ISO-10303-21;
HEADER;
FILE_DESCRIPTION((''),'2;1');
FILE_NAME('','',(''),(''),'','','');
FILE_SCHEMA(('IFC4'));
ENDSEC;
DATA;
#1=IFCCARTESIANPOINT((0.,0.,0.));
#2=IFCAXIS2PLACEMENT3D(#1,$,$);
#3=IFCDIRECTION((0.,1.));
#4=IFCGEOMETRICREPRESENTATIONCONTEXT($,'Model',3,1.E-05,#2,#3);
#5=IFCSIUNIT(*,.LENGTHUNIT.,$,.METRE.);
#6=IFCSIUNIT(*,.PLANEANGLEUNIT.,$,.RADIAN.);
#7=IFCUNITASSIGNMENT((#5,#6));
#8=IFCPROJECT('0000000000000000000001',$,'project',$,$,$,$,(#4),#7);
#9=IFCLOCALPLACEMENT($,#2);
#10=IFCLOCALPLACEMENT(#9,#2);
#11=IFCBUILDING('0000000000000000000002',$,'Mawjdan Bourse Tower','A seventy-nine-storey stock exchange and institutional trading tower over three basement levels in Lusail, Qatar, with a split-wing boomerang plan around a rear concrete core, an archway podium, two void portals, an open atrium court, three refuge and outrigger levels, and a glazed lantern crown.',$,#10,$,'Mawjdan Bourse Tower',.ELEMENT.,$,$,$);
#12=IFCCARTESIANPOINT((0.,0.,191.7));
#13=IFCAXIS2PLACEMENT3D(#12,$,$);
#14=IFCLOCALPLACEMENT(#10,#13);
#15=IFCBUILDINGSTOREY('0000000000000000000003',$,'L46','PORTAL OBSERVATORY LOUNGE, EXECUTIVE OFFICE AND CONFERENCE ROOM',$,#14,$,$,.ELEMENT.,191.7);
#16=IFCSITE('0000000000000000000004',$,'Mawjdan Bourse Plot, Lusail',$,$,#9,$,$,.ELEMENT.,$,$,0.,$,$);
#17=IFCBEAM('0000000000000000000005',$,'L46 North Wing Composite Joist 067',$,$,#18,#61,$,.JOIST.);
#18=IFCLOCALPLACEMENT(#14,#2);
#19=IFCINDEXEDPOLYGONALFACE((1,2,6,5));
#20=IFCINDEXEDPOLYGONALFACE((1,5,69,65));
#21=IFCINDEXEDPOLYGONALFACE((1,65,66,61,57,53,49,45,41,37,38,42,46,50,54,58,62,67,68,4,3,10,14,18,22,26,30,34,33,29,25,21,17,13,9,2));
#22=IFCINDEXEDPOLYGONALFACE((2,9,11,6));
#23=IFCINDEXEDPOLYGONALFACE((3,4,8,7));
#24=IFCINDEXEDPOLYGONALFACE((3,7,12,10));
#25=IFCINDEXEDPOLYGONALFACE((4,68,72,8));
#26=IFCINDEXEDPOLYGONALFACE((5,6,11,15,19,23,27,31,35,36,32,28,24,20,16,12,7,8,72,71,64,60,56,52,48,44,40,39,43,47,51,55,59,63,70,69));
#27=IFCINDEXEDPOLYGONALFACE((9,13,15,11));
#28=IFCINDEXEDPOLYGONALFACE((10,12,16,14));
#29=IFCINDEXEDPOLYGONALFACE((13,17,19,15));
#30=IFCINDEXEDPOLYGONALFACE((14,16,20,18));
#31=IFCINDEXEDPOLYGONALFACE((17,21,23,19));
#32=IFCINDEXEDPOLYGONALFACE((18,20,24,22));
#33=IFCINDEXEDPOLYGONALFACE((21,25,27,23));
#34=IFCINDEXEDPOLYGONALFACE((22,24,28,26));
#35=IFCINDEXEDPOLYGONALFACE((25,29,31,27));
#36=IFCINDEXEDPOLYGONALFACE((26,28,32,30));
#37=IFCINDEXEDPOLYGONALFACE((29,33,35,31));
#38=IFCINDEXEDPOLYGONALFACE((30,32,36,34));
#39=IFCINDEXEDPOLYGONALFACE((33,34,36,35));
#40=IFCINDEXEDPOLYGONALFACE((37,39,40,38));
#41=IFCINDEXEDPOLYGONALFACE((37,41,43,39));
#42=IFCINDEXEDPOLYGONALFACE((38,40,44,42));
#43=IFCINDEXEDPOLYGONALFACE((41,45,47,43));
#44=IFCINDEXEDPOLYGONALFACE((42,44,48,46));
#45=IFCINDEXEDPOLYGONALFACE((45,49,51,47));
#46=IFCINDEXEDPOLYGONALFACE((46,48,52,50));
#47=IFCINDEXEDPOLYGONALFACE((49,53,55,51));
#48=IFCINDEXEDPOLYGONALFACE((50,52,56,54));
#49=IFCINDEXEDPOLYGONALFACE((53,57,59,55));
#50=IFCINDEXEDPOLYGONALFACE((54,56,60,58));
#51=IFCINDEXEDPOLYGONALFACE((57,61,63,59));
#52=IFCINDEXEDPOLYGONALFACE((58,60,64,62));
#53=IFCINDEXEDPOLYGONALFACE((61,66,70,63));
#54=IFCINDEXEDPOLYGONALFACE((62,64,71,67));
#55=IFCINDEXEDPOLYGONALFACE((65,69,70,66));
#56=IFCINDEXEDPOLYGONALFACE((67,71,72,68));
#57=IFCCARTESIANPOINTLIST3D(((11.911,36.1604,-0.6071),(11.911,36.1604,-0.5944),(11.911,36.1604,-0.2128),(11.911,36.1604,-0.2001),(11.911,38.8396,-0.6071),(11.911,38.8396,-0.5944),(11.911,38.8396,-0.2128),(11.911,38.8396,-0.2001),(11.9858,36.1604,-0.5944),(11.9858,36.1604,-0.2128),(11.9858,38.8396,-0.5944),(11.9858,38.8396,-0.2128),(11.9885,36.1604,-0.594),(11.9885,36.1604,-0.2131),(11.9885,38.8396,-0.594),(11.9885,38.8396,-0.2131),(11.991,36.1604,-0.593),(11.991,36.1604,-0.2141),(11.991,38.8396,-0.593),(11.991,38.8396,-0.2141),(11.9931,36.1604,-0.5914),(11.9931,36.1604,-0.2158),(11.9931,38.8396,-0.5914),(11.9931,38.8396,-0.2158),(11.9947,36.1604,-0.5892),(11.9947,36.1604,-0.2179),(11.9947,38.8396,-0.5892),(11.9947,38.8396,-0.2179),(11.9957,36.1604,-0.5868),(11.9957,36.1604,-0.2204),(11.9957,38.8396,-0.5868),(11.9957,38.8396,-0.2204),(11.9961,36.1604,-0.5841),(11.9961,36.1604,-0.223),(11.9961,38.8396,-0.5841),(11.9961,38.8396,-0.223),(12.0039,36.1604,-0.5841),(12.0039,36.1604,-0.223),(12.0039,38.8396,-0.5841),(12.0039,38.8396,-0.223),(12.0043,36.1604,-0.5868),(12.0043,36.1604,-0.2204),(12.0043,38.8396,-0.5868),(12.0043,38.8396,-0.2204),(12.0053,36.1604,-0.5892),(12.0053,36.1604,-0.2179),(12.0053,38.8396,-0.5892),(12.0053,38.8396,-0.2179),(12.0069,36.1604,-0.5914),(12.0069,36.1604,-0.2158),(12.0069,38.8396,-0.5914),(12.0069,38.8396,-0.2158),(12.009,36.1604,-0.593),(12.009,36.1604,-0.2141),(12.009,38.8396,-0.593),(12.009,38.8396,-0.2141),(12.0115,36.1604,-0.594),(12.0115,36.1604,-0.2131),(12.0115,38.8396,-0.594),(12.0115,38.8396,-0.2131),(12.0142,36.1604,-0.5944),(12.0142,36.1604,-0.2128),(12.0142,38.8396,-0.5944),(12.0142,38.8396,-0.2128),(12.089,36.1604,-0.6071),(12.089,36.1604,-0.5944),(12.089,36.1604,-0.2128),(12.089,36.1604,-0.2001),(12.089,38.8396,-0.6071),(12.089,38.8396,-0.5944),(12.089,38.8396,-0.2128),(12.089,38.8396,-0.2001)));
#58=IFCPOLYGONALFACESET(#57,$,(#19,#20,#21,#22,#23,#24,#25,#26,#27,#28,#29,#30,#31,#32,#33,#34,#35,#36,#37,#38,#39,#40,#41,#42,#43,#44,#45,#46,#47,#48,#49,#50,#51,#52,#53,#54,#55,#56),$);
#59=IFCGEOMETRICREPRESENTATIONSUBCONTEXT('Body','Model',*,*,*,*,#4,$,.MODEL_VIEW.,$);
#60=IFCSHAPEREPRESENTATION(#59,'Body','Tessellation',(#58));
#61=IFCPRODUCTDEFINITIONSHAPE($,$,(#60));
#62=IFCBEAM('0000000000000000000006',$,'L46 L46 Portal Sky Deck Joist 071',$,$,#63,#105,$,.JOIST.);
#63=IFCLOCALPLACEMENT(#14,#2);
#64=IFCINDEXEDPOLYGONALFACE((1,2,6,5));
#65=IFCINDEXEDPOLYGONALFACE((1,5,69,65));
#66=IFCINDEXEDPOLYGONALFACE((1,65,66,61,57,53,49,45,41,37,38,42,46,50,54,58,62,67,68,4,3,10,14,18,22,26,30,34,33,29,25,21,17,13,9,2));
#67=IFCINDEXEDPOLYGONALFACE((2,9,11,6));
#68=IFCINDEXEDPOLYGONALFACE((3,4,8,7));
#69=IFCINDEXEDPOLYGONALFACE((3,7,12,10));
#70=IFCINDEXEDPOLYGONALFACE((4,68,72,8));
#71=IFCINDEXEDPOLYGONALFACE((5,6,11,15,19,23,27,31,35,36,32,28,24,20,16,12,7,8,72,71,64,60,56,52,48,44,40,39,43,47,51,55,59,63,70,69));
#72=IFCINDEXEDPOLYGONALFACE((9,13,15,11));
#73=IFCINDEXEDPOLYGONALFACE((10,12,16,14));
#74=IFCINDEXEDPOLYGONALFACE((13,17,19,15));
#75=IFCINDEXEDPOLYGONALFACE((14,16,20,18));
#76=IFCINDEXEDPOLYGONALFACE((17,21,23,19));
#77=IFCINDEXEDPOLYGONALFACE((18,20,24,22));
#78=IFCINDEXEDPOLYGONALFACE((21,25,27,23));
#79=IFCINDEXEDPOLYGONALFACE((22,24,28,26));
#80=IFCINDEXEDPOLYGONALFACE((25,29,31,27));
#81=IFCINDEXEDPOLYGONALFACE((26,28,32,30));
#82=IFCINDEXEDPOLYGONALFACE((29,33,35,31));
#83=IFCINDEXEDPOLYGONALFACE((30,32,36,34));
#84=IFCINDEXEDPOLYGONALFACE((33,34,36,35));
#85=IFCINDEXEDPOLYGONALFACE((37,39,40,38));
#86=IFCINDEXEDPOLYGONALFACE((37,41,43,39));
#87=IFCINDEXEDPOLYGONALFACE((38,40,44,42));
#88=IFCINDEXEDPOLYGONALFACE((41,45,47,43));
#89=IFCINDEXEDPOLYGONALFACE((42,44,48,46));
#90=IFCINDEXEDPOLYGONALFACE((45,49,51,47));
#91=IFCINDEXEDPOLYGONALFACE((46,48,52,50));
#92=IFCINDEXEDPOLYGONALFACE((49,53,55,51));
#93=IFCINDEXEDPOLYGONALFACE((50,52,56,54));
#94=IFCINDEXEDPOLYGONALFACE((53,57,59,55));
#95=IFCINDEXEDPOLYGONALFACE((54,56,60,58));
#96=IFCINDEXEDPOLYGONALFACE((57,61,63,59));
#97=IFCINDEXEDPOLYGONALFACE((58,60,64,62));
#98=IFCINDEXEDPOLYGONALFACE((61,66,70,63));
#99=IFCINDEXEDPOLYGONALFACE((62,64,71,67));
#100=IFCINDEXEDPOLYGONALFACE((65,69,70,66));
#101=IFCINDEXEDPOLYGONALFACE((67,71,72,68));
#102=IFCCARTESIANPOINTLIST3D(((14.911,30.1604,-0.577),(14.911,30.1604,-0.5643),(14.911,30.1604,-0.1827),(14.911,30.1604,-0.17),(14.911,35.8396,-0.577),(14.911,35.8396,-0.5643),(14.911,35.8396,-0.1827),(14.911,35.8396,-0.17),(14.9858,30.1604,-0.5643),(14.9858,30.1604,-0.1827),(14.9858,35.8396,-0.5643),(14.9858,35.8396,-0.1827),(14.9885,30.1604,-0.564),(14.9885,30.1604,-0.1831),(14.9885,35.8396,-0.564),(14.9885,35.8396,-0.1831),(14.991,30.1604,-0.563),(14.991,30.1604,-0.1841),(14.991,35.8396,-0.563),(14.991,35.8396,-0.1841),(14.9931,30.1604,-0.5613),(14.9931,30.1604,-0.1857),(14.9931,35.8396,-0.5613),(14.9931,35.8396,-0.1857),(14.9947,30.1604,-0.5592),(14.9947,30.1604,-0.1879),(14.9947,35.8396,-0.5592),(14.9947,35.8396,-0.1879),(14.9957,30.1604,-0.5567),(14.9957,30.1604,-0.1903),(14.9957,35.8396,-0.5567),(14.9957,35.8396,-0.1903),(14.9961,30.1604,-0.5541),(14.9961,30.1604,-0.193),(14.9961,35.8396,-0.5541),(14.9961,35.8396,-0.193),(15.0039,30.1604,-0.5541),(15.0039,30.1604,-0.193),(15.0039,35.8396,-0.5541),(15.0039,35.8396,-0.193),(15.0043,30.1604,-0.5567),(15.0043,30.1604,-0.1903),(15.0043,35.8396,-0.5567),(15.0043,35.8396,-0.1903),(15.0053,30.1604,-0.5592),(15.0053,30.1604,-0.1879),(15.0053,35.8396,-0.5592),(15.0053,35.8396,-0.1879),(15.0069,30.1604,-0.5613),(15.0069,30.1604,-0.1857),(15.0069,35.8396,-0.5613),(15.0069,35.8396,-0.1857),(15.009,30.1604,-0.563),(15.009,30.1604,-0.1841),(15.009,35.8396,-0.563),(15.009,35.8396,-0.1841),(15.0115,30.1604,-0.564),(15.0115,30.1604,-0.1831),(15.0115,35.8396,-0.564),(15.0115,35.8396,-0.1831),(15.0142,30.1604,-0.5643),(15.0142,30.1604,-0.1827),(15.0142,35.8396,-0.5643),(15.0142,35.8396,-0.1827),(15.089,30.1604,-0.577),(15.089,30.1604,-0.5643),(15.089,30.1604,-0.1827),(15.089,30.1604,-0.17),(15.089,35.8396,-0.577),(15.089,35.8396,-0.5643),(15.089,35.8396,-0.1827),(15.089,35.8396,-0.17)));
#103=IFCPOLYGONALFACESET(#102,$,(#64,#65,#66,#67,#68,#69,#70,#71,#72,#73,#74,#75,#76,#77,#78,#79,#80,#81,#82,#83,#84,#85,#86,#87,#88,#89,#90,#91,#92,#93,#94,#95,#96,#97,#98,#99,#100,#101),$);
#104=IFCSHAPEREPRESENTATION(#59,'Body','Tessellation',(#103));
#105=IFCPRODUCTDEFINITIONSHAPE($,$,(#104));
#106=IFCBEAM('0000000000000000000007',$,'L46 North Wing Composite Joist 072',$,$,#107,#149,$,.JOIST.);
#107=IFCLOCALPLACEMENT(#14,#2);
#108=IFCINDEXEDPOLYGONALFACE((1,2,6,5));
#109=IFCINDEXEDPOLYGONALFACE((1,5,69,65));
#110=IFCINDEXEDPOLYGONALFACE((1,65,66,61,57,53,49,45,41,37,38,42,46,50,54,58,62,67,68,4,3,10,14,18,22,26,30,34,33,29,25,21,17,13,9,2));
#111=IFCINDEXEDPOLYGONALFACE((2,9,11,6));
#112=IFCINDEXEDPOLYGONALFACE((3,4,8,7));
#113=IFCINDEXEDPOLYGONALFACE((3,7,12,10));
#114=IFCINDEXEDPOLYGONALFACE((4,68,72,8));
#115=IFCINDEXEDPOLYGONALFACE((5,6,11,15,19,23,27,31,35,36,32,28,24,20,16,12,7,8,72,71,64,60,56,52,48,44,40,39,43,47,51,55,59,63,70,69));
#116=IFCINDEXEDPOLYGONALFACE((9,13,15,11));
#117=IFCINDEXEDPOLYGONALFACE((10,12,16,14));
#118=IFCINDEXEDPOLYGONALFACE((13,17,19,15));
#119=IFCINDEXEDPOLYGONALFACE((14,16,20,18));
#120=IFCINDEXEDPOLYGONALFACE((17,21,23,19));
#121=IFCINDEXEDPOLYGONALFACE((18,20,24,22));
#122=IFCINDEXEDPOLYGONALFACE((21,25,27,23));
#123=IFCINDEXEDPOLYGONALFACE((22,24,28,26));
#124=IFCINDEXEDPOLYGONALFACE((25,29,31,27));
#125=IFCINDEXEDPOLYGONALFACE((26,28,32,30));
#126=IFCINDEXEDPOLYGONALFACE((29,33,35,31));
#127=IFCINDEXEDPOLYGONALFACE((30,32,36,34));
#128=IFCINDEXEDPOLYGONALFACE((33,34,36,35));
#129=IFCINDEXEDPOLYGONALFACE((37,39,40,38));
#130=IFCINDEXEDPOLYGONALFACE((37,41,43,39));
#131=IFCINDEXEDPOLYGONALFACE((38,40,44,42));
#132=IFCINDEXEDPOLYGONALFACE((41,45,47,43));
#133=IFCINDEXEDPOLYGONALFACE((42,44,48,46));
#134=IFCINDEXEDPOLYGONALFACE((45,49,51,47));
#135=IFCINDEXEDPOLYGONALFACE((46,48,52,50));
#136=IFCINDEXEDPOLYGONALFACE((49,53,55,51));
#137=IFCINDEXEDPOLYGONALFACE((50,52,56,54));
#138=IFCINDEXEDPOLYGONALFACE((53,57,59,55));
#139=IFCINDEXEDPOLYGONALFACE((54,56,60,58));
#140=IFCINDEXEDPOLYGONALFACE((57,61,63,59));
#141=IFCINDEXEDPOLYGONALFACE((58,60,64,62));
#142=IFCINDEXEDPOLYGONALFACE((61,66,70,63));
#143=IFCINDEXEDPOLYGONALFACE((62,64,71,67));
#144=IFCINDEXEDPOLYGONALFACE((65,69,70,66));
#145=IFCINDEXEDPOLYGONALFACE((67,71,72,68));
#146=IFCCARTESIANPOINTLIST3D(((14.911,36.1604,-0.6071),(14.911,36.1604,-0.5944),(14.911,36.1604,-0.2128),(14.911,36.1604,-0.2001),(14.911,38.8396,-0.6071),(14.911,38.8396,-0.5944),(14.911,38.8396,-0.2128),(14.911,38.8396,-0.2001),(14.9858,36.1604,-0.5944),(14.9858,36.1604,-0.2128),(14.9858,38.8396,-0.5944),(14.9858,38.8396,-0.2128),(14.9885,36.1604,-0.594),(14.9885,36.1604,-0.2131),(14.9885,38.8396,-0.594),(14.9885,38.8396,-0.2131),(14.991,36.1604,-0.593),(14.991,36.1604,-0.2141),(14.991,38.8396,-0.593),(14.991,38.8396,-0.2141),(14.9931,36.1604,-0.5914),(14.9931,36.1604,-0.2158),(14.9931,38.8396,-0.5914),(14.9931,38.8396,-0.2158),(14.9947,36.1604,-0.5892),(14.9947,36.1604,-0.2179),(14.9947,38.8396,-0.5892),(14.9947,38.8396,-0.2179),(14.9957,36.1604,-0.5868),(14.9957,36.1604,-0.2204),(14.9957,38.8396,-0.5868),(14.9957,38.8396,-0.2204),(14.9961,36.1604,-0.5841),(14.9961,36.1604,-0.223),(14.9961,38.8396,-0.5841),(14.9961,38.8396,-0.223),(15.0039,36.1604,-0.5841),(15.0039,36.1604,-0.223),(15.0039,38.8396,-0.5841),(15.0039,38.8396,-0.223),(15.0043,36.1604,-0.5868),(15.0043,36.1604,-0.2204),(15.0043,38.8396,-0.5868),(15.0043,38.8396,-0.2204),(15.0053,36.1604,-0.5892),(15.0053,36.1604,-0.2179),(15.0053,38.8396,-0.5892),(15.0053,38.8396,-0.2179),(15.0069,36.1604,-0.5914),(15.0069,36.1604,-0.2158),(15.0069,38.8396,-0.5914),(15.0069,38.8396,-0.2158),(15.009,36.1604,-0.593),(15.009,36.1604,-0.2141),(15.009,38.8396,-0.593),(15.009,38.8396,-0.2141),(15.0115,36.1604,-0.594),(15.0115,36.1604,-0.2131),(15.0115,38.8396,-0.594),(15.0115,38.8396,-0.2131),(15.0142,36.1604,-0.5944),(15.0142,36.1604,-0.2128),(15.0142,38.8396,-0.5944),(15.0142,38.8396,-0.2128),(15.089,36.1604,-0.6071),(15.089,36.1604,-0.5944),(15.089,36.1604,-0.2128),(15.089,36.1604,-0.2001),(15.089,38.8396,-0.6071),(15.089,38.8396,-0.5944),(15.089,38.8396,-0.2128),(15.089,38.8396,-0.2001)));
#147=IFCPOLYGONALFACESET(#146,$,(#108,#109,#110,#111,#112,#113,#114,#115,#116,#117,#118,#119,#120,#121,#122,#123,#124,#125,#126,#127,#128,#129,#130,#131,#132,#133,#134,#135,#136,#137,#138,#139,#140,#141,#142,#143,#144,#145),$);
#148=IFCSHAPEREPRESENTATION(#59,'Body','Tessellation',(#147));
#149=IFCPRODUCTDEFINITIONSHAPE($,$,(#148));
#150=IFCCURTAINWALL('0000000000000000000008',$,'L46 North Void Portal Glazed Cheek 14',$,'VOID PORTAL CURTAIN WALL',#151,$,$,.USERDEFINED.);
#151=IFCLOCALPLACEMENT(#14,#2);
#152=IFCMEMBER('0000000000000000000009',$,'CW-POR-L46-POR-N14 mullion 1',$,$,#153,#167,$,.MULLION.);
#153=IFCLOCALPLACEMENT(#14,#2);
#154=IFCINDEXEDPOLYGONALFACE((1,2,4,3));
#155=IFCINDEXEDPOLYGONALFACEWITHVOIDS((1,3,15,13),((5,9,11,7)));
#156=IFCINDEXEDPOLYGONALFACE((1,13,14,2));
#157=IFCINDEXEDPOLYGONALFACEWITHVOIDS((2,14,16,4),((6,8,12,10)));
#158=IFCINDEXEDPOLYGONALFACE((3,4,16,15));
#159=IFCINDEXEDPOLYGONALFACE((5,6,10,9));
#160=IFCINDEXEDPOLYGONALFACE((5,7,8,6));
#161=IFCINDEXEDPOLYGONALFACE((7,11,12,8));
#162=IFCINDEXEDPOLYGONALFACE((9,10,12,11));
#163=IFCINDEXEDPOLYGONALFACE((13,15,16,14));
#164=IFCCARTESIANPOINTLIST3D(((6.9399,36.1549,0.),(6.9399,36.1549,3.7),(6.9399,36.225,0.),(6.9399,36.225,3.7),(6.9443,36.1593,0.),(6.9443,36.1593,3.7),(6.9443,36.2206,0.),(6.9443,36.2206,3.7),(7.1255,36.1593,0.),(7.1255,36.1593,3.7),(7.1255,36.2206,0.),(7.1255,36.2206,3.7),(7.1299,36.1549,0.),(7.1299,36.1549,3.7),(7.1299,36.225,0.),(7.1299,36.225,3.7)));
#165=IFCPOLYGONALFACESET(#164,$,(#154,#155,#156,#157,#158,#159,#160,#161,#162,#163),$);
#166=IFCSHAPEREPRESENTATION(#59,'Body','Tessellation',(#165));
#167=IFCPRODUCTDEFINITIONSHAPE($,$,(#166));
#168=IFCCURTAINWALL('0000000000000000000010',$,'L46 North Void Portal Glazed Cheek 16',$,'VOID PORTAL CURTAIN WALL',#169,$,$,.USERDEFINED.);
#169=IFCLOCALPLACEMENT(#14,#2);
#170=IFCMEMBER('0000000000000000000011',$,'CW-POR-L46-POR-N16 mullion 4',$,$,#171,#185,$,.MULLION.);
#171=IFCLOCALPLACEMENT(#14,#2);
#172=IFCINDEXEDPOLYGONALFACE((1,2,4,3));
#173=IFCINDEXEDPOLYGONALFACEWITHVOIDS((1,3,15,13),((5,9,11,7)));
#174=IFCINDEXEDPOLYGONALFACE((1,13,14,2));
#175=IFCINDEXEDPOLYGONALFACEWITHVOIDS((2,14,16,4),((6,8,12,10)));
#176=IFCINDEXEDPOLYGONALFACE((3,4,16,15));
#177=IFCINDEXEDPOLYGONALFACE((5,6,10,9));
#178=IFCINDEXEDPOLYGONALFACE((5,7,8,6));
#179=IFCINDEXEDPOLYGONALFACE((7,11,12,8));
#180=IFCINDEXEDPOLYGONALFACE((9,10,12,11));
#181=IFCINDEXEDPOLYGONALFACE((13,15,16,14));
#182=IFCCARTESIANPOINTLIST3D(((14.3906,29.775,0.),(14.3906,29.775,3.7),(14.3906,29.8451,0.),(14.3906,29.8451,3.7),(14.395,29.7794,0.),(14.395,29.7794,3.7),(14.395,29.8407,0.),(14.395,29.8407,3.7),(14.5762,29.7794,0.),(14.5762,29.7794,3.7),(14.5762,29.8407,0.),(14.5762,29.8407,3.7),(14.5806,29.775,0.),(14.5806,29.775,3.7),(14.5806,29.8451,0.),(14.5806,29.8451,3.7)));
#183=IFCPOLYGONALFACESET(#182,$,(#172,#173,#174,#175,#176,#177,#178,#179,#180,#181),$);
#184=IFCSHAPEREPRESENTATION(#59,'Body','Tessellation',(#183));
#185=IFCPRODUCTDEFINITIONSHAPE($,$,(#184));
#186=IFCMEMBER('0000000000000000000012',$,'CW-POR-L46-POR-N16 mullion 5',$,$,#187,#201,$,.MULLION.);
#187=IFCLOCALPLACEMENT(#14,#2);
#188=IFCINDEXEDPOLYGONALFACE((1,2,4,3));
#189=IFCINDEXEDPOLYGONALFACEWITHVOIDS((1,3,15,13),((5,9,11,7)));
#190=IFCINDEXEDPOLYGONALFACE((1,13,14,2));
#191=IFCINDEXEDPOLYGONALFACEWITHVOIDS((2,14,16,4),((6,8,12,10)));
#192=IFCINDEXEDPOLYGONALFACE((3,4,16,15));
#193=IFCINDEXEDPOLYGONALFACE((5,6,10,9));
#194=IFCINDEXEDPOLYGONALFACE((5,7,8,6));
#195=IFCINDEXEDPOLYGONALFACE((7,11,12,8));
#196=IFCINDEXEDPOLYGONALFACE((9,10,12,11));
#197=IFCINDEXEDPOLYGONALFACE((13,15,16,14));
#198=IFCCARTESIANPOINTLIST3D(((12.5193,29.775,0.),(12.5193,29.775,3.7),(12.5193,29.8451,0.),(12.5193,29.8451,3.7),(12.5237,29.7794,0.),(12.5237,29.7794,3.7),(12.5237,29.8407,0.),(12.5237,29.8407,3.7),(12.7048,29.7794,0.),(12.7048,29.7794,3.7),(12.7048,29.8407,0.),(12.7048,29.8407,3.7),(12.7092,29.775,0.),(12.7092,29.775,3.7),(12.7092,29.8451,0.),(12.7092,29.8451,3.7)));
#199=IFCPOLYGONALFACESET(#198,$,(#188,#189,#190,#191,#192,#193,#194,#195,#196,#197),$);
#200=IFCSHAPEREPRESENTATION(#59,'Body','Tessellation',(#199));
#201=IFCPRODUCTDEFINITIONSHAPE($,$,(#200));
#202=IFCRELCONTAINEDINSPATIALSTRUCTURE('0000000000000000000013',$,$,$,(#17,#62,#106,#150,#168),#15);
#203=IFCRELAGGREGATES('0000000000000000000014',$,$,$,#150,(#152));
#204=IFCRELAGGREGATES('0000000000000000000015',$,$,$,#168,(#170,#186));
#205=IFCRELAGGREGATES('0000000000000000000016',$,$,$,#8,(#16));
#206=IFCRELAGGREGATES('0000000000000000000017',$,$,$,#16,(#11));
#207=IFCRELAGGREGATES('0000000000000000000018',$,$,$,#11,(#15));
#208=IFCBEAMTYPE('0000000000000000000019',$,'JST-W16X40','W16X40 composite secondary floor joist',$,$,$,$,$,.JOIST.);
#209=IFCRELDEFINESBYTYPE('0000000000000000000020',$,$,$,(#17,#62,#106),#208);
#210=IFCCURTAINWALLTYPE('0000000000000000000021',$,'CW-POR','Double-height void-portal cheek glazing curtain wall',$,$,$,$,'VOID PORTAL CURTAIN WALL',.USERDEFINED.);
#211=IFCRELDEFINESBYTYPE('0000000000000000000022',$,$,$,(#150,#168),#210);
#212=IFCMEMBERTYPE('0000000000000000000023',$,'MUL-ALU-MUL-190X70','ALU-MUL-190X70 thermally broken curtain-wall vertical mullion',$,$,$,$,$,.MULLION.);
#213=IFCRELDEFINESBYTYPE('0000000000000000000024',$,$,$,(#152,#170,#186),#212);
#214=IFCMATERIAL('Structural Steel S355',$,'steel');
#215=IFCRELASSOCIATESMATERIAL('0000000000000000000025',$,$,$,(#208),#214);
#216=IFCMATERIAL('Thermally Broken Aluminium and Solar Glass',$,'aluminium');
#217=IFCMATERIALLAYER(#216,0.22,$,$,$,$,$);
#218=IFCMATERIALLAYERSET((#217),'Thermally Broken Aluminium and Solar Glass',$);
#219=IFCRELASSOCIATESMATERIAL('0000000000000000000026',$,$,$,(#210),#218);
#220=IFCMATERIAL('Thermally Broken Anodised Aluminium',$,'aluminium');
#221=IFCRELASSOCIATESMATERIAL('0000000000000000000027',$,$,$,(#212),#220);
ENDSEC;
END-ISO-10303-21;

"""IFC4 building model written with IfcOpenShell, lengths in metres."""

from ifc_helpers import new_model, si_unit, direction, frame, origin, origin_2d, place, context, subcontext, project, spatial, hollow_rectangle, i_section, extrude, material, layer, layer_set, material_profile, profile_set, type_object, element, aggregate, save


model = new_model("IFC4")

# Units and contexts
model_context = context("Model", 3, precision=1e-05, world=origin(), true_north=direction((0.0, 1.0)))
body_context = subcontext(model_context, "Body", "Model", "MODEL_VIEW")
ifc_project = project(units=[si_unit("LENGTHUNIT", "METRE"), si_unit("PLANEANGLEUNIT", "RADIAN")], contexts=[model_context])

# Site, building, storey
site_placement = place(None, origin())
site = spatial("IfcSite", under=ifc_project, at=site_placement, Name="Mawjdan Bourse Plot, Lusail", CompositionType="ELEMENT", RefElevation=0.0)
building_placement = place(site_placement, origin())
building = spatial("IfcBuilding", under=site, at=building_placement, Name="Mawjdan Bourse Tower", Description="A seventy-nine-storey stock exchange and institutional trading tower over three basement levels in Lusail, Qatar, with a split-wing boomerang plan around a rear concrete core, an archway podium, two void portals, an open atrium court, three refuge and outrigger levels, and a glazed lantern crown.", LongName="Mawjdan Bourse Tower", CompositionType="ELEMENT")
storey_placement = place(building_placement, frame((0.0, 0.0, 191.7)))
storey = spatial("IfcBuildingStorey", under=building, at=storey_placement, Name="L46", Description="PORTAL OBSERVATORY LOUNGE, EXECUTIVE OFFICE AND CONFERENCE ROOM", CompositionType="ELEMENT", Elevation=191.7)

# Beams
ifc_material_1 = material(Name="Structural Steel S355", Category="steel")
ifc_material_profile_1 = material_profile(ifc_material_1, i_section(OverallWidth=0.178, OverallDepth=0.407, WebThickness=0.0078, FlangeThickness=0.0127, FilletRadius=0.0103, at=origin_2d()), Name="W16X40")
ifc_profile_set_1 = profile_set([ifc_material_profile_1], Name="Structural Steel S355")
beam_type_1 = type_object("IfcBeamType", Name="JST-W16X40", Description="W16X40 composite secondary floor joist", PredefinedType="JOIST", material=ifc_profile_set_1)
beam_1_placement = place(storey_placement, frame((12.0, 36.1604, -0.4036), z_axis=(0.0, 1.0, 0.0), x_axis=(-1.0, 0.0, 0.0)))
element("IfcBeam", 1, at=beam_1_placement, inside=storey, type_object=beam_type_1, Name="L46 North Wing Composite Joist 067", PredefinedType="JOIST", context=body_context, shape_type="SweptSolid", body=[
    extrude(i_section(OverallWidth=0.178, OverallDepth=0.407, WebThickness=0.0078, FlangeThickness=0.0127, FilletRadius=0.0103, at=origin_2d()), origin(), (0.0, 0.0, 1.0), 2.6792),
])
beam_2_placement = place(storey_placement, frame((15.0, 30.1604, -0.3735), z_axis=(0.0, 1.0, 0.0), x_axis=(-1.0, 0.0, 0.0)))
element("IfcBeam", 2, at=beam_2_placement, inside=storey, type_object=beam_type_1, Name="L46 L46 Portal Sky Deck Joist 071", PredefinedType="JOIST", context=body_context, shape_type="SweptSolid", body=[
    extrude(i_section(OverallWidth=0.178, OverallDepth=0.407, WebThickness=0.0078, FlangeThickness=0.0127, FilletRadius=0.0103, at=origin_2d()), origin(), (0.0, 0.0, 1.0), 5.6792),
])
beam_3_placement = place(storey_placement, frame((15.0, 36.1604, -0.4036), z_axis=(0.0, 1.0, 0.0), x_axis=(-1.0, 0.0, 0.0)))
element("IfcBeam", 3, at=beam_3_placement, inside=storey, type_object=beam_type_1, Name="L46 North Wing Composite Joist 072", PredefinedType="JOIST", context=body_context, shape_type="SweptSolid", body=[
    extrude(i_section(OverallWidth=0.178, OverallDepth=0.407, WebThickness=0.0078, FlangeThickness=0.0127, FilletRadius=0.0103, at=origin_2d()), origin(), (0.0, 0.0, 1.0), 2.6792),
])

# Curtain wall, member
ifc_material_2 = material(Name="Thermally Broken Aluminium and Solar Glass", Category="aluminium")
ifc_layer_1 = layer(ifc_material_2, 0.22)
ifc_layer_set_1 = layer_set([ifc_layer_1], Name="Thermally Broken Aluminium and Solar Glass")
curtain_wall_type = type_object("IfcCurtainWallType", Name="CW-POR", Description="Double-height void-portal cheek glazing curtain wall", ElementType="VOID PORTAL CURTAIN WALL", PredefinedType="USERDEFINED", material=ifc_layer_set_1)
curtain_wall_1_placement = place(storey_placement, origin())
curtain_wall_1 = element("IfcCurtainWall", 4, at=curtain_wall_1_placement, inside=storey, type_object=curtain_wall_type, Name="L46 North Void Portal Glazed Cheek 14", ObjectType="VOID PORTAL CURTAIN WALL", PredefinedType="USERDEFINED")
ifc_material_3 = material(Name="Thermally Broken Anodised Aluminium", Category="aluminium")
ifc_material_profile_2 = material_profile(ifc_material_3, hollow_rectangle(XDim=0.0701, YDim=0.1899, WallThickness=0.0044, at=origin_2d()), Name="ALU-MUL-190X70")
ifc_profile_set_2 = profile_set([ifc_material_profile_2], Name="Thermally Broken Anodised Aluminium")
member_type_1 = type_object("IfcMemberType", Name="MUL-ALU-MUL-190X70", Description="ALU-MUL-190X70 thermally broken curtain-wall vertical mullion", PredefinedType="MULLION", material=ifc_profile_set_2)
member_1_placement = place(storey_placement, frame((7.0349, 36.1899, 0.0), z_axis=(0.0, 0.0, 1.0), x_axis=(0.0, 1.0, 0.0)))
member_1 = element("IfcMember", 5, at=member_1_placement, type_object=member_type_1, Name="CW-POR-L46-POR-N14 mullion 1", PredefinedType="MULLION", context=body_context, shape_type="SweptSolid", body=[
    extrude(hollow_rectangle(XDim=0.0701, YDim=0.1899, WallThickness=0.0044, at=origin_2d()), origin(), (0.0, 0.0, 1.0), 3.7),
])

# Curtain wall, members
curtain_wall_2_placement = place(storey_placement, origin())
curtain_wall_2 = element("IfcCurtainWall", 6, at=curtain_wall_2_placement, inside=storey, type_object=curtain_wall_type, Name="L46 North Void Portal Glazed Cheek 16", ObjectType="VOID PORTAL CURTAIN WALL", PredefinedType="USERDEFINED")
member_2_placement = place(storey_placement, frame((14.4856, 29.8101, 0.0), z_axis=(0.0, 0.0, 1.0), x_axis=(0.0, -1.0, 0.0)))
member_2 = element("IfcMember", 7, at=member_2_placement, type_object=member_type_1, Name="CW-POR-L46-POR-N16 mullion 4", PredefinedType="MULLION", context=body_context, shape_type="SweptSolid", body=[
    extrude(hollow_rectangle(XDim=0.0701, YDim=0.1899, WallThickness=0.0044, at=origin_2d()), origin(), (0.0, 0.0, 1.0), 3.7),
])
member_3_placement = place(storey_placement, frame((12.6143, 29.8101, 0.0), z_axis=(0.0, 0.0, 1.0), x_axis=(0.0, -1.0, 0.0)))
member_3 = element("IfcMember", 8, at=member_3_placement, type_object=member_type_1, Name="CW-POR-L46-POR-N16 mullion 5", PredefinedType="MULLION", context=body_context, shape_type="SweptSolid", body=[
    extrude(hollow_rectangle(XDim=0.0701, YDim=0.1899, WallThickness=0.0044, at=origin_2d()), origin(), (0.0, 0.0, 1.0), 3.7),
])

aggregate(curtain_wall_1, [member_1])

aggregate(curtain_wall_2, [member_2, member_3])

save(model, "model.ifc")
